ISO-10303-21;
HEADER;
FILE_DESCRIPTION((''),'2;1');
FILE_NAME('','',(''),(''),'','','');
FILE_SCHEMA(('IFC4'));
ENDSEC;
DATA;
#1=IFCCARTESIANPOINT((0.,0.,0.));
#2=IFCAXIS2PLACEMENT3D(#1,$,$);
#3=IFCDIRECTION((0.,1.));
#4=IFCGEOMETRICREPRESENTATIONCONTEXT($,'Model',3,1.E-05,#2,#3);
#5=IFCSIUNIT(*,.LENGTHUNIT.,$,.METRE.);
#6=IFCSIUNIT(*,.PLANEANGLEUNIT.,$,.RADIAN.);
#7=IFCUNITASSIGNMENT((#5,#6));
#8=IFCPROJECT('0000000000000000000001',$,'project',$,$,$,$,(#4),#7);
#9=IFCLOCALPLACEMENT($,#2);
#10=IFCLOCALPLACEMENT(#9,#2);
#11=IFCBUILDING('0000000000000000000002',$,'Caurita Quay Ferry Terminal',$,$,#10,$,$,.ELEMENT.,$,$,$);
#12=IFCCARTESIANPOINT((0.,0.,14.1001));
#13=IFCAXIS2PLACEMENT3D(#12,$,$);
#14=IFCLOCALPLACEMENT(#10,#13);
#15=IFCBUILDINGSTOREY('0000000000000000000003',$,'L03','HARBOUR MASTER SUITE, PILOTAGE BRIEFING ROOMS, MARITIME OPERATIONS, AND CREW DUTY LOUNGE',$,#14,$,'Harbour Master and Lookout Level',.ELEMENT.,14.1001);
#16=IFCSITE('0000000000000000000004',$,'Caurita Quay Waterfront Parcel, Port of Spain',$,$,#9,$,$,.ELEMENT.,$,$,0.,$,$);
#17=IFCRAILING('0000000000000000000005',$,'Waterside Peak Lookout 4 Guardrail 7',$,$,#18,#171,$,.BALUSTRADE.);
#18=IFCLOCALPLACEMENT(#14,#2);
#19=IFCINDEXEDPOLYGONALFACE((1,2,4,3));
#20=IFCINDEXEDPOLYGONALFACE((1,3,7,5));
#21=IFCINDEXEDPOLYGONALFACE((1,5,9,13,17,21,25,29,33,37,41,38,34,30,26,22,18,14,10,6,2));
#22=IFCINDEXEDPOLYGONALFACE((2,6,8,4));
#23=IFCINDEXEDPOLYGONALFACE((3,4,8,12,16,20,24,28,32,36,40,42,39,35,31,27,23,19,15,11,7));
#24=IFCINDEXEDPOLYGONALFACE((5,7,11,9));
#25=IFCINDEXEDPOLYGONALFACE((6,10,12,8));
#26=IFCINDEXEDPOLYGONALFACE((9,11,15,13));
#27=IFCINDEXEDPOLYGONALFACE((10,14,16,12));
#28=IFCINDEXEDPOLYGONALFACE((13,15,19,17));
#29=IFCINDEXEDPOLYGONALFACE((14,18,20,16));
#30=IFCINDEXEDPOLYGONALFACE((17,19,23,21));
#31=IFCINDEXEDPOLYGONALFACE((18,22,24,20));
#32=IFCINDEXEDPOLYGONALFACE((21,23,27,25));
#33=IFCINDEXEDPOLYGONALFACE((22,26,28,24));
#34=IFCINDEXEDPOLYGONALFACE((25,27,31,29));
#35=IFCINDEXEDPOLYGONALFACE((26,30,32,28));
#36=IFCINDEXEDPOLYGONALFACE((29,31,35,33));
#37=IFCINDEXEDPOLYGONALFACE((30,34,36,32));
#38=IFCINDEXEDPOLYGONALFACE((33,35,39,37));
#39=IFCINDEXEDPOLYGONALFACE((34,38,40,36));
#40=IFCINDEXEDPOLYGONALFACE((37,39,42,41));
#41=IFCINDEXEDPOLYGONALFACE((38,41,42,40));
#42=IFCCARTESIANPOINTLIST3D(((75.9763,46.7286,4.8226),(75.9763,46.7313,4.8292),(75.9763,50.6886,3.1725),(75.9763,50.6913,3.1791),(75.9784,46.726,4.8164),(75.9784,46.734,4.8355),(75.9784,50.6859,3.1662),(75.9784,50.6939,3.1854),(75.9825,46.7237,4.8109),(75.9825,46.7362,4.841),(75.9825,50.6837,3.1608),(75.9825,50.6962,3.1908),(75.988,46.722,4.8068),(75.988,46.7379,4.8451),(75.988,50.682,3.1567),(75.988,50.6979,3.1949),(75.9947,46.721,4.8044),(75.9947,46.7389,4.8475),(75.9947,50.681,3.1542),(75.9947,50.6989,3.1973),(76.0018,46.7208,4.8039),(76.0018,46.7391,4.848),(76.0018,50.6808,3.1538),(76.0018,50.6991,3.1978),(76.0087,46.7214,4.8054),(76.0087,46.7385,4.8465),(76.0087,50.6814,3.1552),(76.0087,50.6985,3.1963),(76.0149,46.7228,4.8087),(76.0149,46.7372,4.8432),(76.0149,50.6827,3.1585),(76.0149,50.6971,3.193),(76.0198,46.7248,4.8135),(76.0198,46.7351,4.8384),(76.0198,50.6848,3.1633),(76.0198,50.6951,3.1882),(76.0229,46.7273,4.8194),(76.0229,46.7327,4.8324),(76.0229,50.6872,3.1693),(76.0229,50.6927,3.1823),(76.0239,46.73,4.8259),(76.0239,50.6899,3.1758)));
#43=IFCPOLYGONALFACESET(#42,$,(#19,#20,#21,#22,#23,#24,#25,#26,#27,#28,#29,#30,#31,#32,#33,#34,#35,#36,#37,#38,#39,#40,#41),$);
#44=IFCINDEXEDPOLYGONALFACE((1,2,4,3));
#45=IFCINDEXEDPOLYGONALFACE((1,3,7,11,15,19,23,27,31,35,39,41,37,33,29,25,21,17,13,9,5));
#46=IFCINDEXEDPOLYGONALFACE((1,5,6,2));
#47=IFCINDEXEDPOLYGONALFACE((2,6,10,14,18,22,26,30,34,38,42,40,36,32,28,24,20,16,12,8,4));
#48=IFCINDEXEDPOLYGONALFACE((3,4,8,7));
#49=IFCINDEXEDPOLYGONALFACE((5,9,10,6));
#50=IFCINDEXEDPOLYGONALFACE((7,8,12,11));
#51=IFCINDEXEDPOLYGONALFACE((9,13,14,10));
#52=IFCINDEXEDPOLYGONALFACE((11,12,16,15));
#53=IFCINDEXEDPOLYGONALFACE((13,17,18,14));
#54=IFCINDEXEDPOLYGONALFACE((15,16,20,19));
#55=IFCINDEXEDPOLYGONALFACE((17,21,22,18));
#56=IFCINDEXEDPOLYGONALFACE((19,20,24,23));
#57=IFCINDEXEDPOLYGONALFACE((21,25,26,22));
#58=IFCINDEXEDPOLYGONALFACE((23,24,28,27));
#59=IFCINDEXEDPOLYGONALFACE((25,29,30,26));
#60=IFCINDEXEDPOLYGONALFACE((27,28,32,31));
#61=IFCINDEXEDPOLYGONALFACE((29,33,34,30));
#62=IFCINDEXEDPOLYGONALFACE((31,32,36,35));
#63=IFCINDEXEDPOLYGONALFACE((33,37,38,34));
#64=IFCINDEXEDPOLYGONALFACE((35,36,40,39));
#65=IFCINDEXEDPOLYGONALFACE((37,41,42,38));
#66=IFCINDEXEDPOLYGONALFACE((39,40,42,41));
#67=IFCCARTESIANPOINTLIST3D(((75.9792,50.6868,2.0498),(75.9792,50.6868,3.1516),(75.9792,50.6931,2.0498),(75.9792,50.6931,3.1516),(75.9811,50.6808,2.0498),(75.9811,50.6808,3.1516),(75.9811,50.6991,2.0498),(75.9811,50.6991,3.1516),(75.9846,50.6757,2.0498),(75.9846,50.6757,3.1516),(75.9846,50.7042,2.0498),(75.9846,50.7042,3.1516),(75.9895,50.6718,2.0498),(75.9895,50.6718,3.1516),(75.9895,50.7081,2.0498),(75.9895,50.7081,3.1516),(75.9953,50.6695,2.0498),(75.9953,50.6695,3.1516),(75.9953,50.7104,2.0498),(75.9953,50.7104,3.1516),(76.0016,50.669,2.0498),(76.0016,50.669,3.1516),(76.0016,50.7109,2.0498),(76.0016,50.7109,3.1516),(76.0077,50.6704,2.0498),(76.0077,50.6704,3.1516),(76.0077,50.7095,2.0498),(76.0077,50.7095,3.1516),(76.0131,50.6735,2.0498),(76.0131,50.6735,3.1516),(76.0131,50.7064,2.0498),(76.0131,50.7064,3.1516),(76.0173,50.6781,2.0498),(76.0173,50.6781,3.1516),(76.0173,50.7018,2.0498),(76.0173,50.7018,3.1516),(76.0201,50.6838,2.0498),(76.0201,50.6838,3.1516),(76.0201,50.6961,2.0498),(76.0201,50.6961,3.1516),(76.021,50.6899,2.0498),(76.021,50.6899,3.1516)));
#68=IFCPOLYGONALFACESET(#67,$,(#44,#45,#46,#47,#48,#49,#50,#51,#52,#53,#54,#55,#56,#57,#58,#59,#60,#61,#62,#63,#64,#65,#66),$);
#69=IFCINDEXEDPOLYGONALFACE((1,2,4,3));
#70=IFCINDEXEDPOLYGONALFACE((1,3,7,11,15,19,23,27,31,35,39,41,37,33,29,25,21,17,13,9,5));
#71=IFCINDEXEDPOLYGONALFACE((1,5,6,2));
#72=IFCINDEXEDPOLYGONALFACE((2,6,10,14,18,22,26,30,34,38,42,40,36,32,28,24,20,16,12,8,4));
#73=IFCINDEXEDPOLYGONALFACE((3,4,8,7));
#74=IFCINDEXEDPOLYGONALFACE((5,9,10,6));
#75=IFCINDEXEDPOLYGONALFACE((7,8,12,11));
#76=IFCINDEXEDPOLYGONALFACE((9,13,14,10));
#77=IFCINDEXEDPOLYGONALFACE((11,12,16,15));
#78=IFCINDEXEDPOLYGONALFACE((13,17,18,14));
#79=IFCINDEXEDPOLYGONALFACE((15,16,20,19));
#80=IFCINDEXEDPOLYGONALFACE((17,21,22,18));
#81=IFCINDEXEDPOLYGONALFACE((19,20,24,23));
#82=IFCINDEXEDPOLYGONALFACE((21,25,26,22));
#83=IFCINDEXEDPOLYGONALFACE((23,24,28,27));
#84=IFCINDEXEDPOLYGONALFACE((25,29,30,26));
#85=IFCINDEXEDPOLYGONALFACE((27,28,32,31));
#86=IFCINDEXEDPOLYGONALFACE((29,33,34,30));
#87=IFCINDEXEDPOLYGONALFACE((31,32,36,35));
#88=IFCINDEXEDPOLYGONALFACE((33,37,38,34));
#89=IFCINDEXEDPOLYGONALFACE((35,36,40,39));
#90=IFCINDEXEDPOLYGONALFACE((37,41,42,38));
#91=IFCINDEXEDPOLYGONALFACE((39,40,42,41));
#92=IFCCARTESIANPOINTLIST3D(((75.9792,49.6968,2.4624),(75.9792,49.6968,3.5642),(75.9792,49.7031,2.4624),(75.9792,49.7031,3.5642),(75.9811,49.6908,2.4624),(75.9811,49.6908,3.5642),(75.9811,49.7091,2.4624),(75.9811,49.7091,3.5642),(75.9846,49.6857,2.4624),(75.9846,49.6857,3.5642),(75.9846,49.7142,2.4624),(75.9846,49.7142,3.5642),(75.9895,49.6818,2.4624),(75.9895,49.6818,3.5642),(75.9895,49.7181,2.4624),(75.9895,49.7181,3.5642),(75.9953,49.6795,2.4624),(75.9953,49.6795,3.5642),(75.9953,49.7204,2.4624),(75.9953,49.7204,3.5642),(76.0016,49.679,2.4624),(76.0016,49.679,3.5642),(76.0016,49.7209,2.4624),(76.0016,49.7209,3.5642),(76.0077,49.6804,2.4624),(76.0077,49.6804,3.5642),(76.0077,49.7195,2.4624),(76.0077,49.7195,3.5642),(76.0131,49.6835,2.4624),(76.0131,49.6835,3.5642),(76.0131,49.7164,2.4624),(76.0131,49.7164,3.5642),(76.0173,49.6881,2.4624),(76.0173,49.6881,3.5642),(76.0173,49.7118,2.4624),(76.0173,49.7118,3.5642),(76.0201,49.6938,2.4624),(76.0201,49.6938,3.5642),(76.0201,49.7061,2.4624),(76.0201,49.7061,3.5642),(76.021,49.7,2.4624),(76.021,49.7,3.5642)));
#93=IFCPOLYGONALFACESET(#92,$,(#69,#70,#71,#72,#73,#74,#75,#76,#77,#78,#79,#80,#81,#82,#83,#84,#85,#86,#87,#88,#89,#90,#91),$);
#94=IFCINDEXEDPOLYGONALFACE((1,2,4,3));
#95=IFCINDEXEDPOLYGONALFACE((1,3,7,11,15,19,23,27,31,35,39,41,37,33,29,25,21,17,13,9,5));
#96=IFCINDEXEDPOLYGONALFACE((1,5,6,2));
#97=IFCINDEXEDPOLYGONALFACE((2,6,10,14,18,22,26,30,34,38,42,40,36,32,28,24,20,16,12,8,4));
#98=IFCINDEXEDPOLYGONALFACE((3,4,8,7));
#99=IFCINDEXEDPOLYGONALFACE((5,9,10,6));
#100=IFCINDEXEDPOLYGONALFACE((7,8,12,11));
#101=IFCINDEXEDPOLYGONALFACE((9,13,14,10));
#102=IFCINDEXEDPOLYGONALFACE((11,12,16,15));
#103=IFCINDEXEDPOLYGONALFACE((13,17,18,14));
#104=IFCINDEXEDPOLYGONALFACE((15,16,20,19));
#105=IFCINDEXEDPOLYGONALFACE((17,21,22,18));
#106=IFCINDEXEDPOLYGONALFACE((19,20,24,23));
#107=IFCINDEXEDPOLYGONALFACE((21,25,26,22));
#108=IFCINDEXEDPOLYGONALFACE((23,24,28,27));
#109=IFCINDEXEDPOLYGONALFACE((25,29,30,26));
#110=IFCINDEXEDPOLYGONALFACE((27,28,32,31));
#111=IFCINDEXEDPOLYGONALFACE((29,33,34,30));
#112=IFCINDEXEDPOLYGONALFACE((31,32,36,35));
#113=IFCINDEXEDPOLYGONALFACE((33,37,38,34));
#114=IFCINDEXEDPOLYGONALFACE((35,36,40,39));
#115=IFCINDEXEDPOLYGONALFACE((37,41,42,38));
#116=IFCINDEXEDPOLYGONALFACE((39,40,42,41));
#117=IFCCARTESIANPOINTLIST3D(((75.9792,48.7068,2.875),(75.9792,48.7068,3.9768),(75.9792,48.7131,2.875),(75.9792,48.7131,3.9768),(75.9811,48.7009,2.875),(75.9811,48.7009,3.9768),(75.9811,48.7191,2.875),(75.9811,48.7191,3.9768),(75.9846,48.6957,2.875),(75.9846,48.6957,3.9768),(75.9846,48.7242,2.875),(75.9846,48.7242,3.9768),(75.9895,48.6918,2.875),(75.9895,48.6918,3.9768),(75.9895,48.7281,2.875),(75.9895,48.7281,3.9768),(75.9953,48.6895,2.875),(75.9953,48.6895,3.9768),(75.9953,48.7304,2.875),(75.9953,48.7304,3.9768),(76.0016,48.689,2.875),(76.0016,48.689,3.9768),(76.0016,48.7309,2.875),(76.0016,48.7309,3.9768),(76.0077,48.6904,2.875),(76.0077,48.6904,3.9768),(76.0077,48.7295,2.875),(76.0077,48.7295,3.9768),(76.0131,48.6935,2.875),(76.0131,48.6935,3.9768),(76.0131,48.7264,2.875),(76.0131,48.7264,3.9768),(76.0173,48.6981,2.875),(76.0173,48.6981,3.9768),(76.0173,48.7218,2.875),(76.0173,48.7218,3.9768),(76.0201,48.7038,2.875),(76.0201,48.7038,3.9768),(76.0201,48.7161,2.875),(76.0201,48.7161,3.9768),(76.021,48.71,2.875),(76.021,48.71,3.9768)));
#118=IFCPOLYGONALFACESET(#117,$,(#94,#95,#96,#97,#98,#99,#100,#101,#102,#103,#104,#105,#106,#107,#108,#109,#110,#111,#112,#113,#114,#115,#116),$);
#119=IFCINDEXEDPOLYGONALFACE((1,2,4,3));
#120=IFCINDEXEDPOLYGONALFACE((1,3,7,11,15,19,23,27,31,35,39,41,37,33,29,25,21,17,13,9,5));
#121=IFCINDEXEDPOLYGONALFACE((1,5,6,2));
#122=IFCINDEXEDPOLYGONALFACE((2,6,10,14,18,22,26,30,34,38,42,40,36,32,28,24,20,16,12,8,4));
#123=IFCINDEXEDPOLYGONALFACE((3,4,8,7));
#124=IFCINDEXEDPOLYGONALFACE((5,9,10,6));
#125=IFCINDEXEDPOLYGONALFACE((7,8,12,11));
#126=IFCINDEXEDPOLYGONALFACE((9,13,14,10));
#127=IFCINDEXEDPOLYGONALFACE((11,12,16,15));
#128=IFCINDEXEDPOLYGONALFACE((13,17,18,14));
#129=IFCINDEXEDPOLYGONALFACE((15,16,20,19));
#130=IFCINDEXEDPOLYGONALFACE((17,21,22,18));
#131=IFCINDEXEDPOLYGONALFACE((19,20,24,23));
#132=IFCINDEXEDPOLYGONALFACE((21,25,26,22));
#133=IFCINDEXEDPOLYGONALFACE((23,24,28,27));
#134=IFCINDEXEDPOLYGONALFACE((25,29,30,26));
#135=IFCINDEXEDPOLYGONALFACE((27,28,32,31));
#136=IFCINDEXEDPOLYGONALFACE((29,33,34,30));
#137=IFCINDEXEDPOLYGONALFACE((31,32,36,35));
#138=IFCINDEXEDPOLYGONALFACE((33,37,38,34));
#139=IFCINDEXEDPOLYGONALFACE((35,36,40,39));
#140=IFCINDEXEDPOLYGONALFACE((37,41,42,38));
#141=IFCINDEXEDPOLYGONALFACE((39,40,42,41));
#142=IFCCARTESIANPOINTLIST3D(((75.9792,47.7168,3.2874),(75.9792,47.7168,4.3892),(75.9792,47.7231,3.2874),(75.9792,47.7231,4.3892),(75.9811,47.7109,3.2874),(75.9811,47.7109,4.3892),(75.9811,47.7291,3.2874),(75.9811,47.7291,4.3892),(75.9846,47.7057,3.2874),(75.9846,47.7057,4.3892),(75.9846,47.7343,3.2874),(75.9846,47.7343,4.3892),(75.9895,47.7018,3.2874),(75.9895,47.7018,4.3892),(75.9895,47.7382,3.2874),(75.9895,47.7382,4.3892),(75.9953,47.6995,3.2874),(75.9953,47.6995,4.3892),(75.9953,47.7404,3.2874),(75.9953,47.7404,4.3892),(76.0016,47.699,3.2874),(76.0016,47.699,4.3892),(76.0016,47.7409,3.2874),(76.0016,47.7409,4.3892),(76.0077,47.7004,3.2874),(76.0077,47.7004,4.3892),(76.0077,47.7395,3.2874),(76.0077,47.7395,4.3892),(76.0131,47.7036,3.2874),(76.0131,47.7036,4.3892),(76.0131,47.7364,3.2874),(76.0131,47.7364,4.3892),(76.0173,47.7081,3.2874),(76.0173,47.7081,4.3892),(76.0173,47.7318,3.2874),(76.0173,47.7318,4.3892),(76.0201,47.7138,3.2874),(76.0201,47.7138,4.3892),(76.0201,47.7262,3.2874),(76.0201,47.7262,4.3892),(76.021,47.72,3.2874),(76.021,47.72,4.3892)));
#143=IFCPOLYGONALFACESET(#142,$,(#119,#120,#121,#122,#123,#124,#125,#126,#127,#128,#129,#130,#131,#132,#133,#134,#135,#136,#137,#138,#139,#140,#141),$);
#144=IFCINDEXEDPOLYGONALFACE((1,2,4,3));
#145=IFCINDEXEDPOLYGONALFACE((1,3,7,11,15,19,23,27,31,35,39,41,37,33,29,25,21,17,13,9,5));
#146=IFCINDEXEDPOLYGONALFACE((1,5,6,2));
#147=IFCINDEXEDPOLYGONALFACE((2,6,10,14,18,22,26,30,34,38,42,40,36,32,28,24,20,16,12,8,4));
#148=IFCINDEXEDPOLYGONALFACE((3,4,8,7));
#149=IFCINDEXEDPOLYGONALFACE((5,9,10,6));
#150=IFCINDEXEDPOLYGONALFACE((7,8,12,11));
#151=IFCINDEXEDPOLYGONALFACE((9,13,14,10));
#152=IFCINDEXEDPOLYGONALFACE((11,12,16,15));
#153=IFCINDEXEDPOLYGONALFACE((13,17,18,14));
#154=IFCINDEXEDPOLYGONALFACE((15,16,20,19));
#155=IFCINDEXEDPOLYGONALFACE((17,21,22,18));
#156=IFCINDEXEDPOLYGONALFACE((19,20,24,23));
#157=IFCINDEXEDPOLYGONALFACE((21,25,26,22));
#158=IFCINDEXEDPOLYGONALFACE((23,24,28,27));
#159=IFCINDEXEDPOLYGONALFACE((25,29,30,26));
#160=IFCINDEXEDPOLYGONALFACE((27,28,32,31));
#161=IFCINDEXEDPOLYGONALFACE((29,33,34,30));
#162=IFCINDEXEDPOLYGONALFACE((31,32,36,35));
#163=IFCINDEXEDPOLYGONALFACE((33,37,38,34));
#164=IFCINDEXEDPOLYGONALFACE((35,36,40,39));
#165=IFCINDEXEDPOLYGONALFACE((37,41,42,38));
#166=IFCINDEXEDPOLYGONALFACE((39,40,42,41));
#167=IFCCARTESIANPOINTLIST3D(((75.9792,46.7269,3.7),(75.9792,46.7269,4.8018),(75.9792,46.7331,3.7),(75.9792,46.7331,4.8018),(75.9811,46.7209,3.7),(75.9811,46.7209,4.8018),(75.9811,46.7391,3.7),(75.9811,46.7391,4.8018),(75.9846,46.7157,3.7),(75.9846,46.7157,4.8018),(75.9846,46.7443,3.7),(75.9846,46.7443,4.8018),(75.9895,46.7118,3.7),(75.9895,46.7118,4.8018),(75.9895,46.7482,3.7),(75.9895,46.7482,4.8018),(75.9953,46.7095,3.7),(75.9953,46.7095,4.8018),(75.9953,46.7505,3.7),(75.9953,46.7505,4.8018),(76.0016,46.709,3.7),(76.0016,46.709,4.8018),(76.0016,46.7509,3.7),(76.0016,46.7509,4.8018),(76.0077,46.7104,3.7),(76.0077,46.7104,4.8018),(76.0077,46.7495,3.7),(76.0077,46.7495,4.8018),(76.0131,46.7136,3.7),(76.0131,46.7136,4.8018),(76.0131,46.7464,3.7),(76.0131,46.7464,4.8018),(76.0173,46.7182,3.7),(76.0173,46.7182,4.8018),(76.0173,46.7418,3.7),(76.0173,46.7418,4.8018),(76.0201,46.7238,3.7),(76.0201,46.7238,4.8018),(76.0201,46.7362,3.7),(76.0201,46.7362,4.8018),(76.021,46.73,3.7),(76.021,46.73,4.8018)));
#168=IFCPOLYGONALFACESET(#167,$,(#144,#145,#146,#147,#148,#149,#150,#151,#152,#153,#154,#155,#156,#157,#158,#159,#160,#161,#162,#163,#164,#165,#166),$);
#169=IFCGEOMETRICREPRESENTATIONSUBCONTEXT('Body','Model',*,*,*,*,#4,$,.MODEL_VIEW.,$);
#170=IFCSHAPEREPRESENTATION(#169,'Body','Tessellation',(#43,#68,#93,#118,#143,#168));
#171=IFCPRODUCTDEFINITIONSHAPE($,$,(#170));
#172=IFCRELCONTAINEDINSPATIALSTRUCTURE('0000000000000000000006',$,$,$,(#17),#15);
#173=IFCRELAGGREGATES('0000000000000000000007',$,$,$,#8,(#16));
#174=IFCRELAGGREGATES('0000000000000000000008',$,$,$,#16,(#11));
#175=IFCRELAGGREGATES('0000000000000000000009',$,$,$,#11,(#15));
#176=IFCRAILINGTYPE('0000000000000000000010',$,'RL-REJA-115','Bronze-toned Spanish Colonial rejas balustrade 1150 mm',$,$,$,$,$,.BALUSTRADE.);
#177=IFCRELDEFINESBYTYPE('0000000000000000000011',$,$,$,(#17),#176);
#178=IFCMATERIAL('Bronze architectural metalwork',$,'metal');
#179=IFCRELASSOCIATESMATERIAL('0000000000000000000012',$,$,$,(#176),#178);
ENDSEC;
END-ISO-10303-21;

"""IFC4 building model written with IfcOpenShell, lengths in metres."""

from ifc_helpers import new_model, si_unit, direction, frame, origin, origin_2d, place, context, subcontext, project, spatial, circle, extrude, material, type_object, element, save


model = new_model("IFC4")

# Units and contexts
model_context = context("Model", 3, precision=1e-05, world=origin(), true_north=direction((0.0, 1.0)))
body_context = subcontext(model_context, "Body", "Model", "MODEL_VIEW")
ifc_project = project(units=[si_unit("LENGTHUNIT", "METRE"), si_unit("PLANEANGLEUNIT", "RADIAN")], contexts=[model_context])

# Site, building, storey
site_placement = place(None, origin())
site = spatial("IfcSite", under=ifc_project, at=site_placement, Name="Caurita Quay Waterfront Parcel, Port of Spain", CompositionType="ELEMENT", RefElevation=0.0)
building_placement = place(site_placement, origin())
building = spatial("IfcBuilding", under=site, at=building_placement, Name="Caurita Quay Ferry Terminal", CompositionType="ELEMENT")
storey_placement = place(building_placement, frame((0.0, 0.0, 14.1001)))
storey = spatial("IfcBuildingStorey", under=building, at=storey_placement, Name="L03", Description="HARBOUR MASTER SUITE, PILOTAGE BRIEFING ROOMS, MARITIME OPERATIONS, AND CREW DUTY LOUNGE", LongName="Harbour Master and Lookout Level", CompositionType="ELEMENT", Elevation=14.1001)

# Railing
ifc_material_1 = material(Name="Bronze architectural metalwork", Category="metal")
railing_type_1 = type_object("IfcRailingType", Name="RL-REJA-115", Description="Bronze-toned Spanish Colonial rejas balustrade 1150 mm", PredefinedType="BALUSTRADE", material=ifc_material_1)
railing_1_placement = place(storey_placement, frame((76.0, 50.6899, 2.0498)))
element("IfcRailing", 1, at=railing_1_placement, inside=storey, type_object=railing_type_1, Name="Waterside Peak Lookout 4 Guardrail 7", PredefinedType="BALUSTRADE", context=body_context, shape_type="SweptSolid", body=[
    extrude(circle(Radius=0.0239, at=origin_2d()), frame((0.0, 0.0, 1.126), z_axis=(0.0, -0.923063, 0.384648), x_axis=(1.0, 0.0, 0.0)), (0.0, 0.0, 1.0), 4.29),
    extrude(circle(Radius=0.021, at=origin_2d()), origin(), (0.0, 0.0, 1.0), 1.1018),
    extrude(circle(Radius=0.021, at=origin_2d()), frame((0.0, -0.99, 0.4126)), (0.0, 0.0, 1.0), 1.1018),
    extrude(circle(Radius=0.021, at=origin_2d()), frame((0.0, -1.98, 0.8252)), (0.0, 0.0, 1.0), 1.1018),
    extrude(circle(Radius=0.021, at=origin_2d()), frame((0.0, -2.97, 1.2375)), (0.0, 0.0, 1.0), 1.1018),
    extrude(circle(Radius=0.021, at=origin_2d()), frame((0.0, -3.96, 1.6501)), (0.0, 0.0, 1.0), 1.1018),
])

save(model, "model.ifc")
